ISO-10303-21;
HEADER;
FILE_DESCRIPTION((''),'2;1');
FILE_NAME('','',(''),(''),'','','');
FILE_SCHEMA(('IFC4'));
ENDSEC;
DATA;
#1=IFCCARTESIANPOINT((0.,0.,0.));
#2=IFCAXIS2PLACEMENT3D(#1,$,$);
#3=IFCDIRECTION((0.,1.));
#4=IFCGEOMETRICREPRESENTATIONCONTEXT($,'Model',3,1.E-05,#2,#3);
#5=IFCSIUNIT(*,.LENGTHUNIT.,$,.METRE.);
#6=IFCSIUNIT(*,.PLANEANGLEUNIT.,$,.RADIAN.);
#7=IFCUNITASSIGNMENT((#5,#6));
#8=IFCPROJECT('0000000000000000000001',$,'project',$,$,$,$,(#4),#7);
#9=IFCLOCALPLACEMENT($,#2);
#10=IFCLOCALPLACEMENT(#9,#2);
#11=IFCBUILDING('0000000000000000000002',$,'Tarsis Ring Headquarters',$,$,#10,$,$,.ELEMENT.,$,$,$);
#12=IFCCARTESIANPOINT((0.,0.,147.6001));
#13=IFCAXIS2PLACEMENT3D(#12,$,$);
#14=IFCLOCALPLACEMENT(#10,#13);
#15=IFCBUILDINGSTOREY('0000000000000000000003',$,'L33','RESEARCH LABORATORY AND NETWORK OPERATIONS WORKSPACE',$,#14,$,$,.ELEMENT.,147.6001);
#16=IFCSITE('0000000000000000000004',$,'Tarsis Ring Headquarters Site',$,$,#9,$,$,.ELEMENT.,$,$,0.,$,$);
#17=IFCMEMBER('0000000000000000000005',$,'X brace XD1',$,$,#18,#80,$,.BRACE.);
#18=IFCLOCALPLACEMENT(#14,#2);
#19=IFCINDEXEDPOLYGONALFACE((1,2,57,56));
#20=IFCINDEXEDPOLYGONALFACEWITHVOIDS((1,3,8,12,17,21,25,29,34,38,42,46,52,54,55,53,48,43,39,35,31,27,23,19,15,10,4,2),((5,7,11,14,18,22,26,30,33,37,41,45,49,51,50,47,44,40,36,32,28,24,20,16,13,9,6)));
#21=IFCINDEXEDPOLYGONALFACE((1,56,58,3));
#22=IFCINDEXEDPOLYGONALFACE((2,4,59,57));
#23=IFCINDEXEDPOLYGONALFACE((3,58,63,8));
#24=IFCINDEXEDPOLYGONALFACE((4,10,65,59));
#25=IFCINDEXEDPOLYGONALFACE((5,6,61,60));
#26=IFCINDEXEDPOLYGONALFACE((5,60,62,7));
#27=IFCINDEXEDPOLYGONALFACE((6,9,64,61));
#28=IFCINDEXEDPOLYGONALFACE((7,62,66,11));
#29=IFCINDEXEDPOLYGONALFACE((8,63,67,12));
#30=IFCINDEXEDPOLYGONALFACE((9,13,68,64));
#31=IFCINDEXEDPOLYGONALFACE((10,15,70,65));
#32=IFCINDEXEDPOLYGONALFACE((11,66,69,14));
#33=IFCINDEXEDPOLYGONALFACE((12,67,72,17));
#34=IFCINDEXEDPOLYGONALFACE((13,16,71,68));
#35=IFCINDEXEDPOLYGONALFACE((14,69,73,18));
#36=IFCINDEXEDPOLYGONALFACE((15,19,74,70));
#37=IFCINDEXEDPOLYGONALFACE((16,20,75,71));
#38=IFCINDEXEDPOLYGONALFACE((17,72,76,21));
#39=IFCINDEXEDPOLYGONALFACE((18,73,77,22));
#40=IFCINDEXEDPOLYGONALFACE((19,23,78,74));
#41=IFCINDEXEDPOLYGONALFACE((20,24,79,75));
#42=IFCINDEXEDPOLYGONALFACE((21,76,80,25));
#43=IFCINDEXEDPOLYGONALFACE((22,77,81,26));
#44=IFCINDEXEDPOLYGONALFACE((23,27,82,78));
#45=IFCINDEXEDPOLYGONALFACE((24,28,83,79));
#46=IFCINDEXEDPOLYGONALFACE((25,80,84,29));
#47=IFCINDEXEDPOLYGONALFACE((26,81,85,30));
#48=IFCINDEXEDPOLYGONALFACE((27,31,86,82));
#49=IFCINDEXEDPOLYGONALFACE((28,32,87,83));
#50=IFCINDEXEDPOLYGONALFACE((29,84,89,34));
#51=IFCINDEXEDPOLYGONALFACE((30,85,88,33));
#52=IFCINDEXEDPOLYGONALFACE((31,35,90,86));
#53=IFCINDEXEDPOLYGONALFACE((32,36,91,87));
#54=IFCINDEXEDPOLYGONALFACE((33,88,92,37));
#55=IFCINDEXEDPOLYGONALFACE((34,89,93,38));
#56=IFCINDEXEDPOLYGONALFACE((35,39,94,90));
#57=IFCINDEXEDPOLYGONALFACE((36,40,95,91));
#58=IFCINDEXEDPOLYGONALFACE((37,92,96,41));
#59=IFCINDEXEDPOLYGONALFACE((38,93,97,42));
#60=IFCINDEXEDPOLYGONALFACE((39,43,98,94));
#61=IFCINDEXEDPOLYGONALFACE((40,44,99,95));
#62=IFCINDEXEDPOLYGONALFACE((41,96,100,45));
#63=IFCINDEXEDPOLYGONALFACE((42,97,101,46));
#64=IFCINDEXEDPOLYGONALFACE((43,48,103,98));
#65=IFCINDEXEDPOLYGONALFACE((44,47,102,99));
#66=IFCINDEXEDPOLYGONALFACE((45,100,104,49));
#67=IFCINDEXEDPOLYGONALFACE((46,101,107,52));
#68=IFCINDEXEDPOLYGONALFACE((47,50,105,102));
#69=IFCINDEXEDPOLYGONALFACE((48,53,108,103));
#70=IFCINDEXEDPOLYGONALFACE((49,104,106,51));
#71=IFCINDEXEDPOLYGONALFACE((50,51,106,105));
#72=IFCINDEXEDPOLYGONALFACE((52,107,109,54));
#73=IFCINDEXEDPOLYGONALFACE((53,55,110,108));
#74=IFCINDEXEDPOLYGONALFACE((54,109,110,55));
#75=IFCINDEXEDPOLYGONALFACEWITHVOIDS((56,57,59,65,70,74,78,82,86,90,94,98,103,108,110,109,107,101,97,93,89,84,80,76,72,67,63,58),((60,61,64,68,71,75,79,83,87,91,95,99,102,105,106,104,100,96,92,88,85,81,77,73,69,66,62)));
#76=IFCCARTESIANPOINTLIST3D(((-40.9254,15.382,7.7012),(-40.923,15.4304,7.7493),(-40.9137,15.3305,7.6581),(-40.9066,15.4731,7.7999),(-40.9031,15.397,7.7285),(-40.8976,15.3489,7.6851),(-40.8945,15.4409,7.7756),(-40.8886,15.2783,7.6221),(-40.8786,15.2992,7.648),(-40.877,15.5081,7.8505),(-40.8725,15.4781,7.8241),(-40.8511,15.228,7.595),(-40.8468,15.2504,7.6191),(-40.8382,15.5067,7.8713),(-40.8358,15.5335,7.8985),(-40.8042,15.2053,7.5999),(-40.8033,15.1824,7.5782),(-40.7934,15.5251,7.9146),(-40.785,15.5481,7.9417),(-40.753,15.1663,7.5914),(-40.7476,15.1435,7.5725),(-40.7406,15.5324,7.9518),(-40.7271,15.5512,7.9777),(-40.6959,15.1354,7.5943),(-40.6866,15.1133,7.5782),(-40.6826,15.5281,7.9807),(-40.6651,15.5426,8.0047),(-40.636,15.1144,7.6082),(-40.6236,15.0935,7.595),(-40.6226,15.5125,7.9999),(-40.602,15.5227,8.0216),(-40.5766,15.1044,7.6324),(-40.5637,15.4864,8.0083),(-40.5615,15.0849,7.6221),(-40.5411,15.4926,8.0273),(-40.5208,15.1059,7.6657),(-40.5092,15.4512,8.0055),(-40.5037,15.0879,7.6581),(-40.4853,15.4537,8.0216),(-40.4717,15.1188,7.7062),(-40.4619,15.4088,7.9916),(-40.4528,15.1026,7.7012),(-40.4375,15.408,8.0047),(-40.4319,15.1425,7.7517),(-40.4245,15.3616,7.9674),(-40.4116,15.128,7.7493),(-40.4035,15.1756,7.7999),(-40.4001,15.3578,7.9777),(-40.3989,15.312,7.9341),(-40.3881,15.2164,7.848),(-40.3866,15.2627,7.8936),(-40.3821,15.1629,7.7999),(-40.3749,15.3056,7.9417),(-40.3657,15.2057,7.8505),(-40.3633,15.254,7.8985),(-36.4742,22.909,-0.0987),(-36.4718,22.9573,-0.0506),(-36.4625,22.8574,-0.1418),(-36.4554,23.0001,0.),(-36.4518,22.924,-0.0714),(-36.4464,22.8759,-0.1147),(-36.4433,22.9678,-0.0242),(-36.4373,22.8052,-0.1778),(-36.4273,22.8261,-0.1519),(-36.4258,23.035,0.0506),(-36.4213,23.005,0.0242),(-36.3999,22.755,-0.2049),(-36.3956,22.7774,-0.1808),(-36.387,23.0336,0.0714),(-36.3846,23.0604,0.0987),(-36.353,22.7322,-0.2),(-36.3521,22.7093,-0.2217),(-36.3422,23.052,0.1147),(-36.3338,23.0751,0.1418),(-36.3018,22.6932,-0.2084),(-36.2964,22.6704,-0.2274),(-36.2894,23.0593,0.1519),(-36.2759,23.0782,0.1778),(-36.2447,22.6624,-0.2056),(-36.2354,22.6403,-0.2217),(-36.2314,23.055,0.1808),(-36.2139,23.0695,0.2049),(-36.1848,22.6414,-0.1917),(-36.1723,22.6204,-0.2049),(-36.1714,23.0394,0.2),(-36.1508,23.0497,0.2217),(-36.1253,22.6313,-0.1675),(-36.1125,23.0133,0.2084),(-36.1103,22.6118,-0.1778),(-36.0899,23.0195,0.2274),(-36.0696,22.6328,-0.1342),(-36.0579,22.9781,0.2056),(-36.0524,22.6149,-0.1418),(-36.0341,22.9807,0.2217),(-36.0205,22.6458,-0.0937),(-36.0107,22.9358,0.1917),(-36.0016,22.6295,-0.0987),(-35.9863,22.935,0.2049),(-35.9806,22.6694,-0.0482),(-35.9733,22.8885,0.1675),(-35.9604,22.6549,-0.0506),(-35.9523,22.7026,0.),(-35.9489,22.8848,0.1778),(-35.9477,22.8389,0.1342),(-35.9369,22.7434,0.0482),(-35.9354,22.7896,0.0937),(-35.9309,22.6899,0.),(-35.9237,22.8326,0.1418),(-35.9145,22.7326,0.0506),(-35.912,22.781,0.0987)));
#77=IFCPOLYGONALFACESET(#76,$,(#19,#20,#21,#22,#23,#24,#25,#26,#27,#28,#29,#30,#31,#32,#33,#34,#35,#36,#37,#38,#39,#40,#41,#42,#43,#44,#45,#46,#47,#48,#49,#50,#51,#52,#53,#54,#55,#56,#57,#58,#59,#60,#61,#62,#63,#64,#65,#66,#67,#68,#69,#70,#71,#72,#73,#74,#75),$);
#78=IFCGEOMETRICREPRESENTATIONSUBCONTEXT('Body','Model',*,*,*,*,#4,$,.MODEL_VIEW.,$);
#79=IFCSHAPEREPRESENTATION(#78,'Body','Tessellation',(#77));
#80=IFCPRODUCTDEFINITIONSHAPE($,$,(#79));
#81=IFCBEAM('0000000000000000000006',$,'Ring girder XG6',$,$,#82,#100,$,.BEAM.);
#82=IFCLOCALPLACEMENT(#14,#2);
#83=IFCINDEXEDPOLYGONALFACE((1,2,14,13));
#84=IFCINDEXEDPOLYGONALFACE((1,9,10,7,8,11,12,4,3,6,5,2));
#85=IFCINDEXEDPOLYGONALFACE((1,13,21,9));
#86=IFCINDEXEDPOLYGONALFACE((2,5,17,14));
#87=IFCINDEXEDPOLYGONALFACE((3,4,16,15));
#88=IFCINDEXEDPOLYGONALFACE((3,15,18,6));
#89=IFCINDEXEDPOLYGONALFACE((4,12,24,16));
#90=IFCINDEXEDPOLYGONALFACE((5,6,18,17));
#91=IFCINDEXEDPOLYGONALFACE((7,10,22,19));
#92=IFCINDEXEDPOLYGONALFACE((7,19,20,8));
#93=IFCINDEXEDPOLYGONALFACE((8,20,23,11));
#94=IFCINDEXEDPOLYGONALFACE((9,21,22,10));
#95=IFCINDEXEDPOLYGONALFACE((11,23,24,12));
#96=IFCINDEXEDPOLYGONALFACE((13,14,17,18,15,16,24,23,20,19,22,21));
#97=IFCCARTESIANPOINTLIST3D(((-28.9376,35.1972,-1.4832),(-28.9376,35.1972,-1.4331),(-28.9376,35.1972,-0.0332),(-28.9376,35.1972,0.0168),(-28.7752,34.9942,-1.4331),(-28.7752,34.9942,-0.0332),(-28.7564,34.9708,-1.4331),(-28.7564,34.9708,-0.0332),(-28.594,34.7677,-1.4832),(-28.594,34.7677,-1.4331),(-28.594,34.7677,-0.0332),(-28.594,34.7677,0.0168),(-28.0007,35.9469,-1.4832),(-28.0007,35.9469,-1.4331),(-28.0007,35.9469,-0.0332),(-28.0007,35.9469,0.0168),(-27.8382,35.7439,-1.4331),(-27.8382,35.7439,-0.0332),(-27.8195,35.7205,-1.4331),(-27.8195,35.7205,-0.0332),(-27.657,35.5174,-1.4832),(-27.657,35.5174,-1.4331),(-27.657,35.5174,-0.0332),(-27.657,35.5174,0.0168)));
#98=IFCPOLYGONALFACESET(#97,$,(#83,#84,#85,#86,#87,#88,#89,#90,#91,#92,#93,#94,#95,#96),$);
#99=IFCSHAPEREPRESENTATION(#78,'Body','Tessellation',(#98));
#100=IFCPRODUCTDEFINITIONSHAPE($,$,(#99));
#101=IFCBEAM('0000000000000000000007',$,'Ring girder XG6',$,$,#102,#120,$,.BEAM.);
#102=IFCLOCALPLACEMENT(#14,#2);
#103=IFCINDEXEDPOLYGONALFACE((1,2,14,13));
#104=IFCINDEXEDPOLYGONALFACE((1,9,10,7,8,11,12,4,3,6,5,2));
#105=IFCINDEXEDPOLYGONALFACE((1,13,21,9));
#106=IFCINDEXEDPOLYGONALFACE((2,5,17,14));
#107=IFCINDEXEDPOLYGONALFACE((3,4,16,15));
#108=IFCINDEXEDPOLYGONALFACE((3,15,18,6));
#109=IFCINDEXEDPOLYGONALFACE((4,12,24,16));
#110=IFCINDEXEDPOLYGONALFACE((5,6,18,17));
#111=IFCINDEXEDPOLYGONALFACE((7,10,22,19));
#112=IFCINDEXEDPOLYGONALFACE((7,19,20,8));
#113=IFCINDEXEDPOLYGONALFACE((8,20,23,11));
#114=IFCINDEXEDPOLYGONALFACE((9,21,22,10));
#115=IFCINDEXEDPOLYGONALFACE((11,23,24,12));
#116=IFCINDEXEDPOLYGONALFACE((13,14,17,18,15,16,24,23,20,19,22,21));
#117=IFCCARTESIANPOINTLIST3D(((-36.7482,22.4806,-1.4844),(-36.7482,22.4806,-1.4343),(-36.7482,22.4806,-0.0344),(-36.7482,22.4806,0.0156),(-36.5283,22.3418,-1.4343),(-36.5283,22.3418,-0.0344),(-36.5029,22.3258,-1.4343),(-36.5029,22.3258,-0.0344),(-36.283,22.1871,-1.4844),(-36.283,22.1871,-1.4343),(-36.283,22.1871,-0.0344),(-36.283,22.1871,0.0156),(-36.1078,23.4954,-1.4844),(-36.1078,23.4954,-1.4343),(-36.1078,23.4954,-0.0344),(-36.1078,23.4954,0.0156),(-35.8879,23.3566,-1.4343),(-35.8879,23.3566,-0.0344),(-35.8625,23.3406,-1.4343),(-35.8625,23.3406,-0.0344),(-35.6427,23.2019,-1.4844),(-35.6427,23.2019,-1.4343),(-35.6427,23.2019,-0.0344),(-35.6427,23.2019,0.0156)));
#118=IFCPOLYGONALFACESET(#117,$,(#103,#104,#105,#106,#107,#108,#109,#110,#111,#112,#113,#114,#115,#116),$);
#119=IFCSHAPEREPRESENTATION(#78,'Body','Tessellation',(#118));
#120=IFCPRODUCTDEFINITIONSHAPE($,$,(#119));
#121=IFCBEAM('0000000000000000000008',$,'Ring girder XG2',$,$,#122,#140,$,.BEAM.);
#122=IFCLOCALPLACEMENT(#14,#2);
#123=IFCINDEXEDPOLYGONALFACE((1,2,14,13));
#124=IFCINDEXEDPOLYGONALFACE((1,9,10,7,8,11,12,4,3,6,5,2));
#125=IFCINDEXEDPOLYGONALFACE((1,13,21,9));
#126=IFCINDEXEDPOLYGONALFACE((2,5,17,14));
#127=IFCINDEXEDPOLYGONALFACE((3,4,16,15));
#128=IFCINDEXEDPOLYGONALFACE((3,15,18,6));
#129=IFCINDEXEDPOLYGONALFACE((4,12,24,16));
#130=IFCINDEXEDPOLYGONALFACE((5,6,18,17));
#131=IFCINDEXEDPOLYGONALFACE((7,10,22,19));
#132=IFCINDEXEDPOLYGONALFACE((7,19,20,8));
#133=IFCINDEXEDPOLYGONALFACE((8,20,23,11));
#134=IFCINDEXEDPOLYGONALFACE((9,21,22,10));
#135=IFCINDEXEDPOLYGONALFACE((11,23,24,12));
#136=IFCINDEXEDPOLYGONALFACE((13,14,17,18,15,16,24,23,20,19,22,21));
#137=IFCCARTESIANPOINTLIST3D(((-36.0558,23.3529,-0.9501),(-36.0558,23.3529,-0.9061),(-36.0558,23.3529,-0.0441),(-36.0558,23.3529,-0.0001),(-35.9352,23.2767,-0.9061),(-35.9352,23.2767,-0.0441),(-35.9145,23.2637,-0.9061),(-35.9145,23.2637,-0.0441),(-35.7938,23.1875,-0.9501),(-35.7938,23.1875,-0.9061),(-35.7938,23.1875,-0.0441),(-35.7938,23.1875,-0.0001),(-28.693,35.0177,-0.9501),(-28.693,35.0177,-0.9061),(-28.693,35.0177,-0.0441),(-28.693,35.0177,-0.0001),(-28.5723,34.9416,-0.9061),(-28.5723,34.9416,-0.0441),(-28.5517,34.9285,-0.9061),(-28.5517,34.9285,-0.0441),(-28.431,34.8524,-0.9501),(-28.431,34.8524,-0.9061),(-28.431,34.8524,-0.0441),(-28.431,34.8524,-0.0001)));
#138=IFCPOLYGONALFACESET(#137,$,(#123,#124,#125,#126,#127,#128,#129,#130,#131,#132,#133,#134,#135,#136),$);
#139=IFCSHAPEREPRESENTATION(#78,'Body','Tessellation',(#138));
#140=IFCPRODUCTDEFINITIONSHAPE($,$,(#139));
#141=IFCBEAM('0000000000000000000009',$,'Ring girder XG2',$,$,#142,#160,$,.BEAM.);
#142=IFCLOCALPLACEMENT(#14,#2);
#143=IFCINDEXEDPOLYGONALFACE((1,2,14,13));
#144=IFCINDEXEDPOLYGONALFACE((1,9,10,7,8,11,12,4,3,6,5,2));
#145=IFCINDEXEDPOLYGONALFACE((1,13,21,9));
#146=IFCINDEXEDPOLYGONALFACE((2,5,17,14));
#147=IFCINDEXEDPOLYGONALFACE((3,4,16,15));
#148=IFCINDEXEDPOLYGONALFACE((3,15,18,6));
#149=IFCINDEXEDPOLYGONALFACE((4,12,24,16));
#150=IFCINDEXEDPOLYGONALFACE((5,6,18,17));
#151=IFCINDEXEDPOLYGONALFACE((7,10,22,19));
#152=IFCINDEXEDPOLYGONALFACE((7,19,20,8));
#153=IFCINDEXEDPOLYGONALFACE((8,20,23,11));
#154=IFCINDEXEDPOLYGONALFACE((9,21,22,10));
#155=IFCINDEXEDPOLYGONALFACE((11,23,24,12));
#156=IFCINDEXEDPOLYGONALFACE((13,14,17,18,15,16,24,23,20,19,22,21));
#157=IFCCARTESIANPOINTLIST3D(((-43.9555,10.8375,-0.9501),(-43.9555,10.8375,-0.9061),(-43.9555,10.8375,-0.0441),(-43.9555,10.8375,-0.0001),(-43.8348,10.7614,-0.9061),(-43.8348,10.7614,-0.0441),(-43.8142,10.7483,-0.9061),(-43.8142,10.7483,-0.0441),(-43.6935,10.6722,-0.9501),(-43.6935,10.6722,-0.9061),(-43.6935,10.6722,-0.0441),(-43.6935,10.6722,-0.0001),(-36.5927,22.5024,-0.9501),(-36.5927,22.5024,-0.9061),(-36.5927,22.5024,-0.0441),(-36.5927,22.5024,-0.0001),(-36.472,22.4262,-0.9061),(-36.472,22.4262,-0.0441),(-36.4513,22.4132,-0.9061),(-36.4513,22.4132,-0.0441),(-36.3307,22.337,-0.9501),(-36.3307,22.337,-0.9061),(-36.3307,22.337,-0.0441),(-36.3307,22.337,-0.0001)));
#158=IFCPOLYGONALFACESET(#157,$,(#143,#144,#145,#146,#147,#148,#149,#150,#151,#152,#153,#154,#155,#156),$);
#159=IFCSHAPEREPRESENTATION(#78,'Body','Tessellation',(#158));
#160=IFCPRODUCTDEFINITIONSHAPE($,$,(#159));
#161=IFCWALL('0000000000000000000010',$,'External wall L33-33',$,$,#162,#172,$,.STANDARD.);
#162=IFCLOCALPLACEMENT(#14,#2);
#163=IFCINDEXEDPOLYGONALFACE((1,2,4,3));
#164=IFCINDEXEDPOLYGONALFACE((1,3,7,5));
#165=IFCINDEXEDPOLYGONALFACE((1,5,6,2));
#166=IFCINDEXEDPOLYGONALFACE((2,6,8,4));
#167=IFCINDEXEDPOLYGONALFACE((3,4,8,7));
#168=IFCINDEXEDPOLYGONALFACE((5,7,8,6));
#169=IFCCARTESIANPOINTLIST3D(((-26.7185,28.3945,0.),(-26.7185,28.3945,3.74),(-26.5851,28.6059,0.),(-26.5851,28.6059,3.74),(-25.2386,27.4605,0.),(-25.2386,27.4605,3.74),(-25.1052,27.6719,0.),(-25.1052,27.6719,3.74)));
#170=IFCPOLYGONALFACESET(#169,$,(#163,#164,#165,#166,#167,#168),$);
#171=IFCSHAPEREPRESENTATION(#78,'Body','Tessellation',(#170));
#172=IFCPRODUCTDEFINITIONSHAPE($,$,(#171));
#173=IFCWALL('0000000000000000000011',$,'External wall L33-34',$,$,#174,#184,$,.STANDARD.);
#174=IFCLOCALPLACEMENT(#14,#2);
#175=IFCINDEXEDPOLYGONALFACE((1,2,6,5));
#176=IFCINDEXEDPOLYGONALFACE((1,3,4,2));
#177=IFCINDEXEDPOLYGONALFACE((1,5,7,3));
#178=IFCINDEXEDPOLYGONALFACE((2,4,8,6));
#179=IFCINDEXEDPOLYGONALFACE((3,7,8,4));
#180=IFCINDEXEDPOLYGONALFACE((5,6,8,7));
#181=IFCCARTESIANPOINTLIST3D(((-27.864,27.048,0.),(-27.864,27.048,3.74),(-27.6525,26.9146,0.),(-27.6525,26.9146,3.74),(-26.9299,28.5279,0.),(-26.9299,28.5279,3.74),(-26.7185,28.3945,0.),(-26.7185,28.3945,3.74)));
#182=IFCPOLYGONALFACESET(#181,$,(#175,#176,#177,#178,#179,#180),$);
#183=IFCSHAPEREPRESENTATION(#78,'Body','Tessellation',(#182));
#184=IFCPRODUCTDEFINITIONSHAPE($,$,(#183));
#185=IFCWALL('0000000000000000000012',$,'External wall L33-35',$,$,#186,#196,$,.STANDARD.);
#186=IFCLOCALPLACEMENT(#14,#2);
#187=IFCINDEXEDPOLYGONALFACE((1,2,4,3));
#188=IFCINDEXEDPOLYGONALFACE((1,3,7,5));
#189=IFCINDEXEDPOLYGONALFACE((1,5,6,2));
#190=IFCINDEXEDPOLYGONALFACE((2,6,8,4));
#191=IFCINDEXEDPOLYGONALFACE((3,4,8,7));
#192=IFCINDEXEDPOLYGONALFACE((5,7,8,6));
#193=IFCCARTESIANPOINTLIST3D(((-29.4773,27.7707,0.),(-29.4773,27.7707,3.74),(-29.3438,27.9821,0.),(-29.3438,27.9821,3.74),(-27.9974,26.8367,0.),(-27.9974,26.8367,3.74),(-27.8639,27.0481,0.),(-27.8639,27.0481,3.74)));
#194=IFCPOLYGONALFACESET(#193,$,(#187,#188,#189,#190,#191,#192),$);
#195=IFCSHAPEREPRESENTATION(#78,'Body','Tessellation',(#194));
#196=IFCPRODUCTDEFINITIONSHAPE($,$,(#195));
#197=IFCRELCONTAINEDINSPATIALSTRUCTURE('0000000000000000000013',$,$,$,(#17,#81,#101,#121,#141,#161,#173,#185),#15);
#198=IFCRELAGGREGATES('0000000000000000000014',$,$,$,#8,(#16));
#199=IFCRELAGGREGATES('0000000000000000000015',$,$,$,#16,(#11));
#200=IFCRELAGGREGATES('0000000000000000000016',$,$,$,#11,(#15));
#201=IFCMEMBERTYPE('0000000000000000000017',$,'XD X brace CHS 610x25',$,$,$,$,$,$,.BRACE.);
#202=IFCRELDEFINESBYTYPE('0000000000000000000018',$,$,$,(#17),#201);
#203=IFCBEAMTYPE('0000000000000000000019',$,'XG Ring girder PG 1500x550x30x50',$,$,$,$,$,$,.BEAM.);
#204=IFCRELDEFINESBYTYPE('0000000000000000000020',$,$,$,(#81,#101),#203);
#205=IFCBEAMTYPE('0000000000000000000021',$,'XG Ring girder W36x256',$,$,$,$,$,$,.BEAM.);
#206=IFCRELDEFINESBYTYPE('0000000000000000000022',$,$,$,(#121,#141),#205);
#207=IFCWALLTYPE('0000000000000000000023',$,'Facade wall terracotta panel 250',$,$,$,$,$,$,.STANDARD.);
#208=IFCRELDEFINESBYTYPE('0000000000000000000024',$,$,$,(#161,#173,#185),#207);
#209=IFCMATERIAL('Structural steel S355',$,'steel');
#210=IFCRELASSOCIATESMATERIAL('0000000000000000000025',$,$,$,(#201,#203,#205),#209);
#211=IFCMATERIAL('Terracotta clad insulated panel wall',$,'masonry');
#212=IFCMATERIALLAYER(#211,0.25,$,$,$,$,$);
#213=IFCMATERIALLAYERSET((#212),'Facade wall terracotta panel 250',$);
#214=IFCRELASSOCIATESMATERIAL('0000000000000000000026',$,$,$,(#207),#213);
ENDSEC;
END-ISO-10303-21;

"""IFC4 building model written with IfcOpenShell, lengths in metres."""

from ifc_helpers import new_model, si_unit, direction, frame, frame_2d, origin, origin_2d, place, context, subcontext, project, spatial, rectangle, hollow_circle, i_section, extrude, material, layer, layer_set, material_profile, profile_set, type_object, element, save


model = new_model("IFC4")

# Units and contexts
model_context = context("Model", 3, precision=1e-05, world=origin(), true_north=direction((0.0, 1.0)))
body_context = subcontext(model_context, "Body", "Model", "MODEL_VIEW")
ifc_project = project(units=[si_unit("LENGTHUNIT", "METRE"), si_unit("PLANEANGLEUNIT", "RADIAN")], contexts=[model_context])

# Site, building, storey
site_placement = place(None, origin())
site = spatial("IfcSite", under=ifc_project, at=site_placement, Name="Tarsis Ring Headquarters Site", CompositionType="ELEMENT", RefElevation=0.0)
building_placement = place(site_placement, origin())
building = spatial("IfcBuilding", under=site, at=building_placement, Name="Tarsis Ring Headquarters", CompositionType="ELEMENT")
storey_placement = place(building_placement, frame((0.0, 0.0, 147.6001)))
storey = spatial("IfcBuildingStorey", under=building, at=storey_placement, Name="L33", Description="RESEARCH LABORATORY AND NETWORK OPERATIONS WORKSPACE", CompositionType="ELEMENT", Elevation=147.6001)

# Shared definitions
ifc_material_1 = material(Name="Structural steel S355", Category="steel")

# Shared definitions
ifc_material_profile_1 = material_profile(ifc_material_1, i_section(OverallWidth=0.3098, OverallDepth=0.95, WebThickness=0.0244, FlangeThickness=0.0439, at=origin_2d()), Name="W36x256")
ifc_profile_set_1 = profile_set([ifc_material_profile_1], Name="Structural steel S355")

# Member
ifc_material_profile_2 = material_profile(ifc_material_1, hollow_circle(Radius=0.3047, WallThickness=0.0249, at=origin_2d()), Name="CHS 610x25")
ifc_profile_set_2 = profile_set([ifc_material_profile_2], Name="Structural steel S355")
member_type = type_object("IfcMemberType", Name="XD X brace CHS 610x25", PredefinedType="BRACE", material=ifc_profile_set_2)
member_placement = place(storey_placement, frame((-36.1931, 22.845, 0.0), z_axis=(-0.379869, -0.642352, 0.665646), x_axis=(0.860752, -0.509025, 0.0)))
element("IfcMember", 1, at=member_placement, inside=storey, type_object=member_type, Name="X brace XD1", PredefinedType="BRACE", context=body_context, shape_type="SweptSolid", body=[
    extrude(hollow_circle(Radius=0.3047, WallThickness=0.0249, at=origin_2d()), origin(), (0.0, 0.0, 1.0), 11.7178),
])

# Beams
ifc_material_profile_3 = material_profile(ifc_material_1, i_section(OverallWidth=0.55, OverallDepth=1.5, WebThickness=0.03, FlangeThickness=0.05, at=origin_2d()), Name="PG 1500x550x30x50")
ifc_profile_set_3 = profile_set([ifc_material_profile_3], Name="Structural steel S355")
beam_type_1 = type_object("IfcBeamType", Name="XG Ring girder PG 1500x550x30x50", PredefinedType="BEAM", material=ifc_profile_set_3)
for number, where, z_axis, x_axis, name in (
    (2, (-27.8289, 35.7322, -0.7332), (-0.780809, -0.624769, 0.0), (0.624769, -0.780809, 0.0), "Ring girder XG6"),
    (3, (-35.8752, 23.3486, -0.7344), (-0.533633, -0.845716, 0.0), (0.845716, -0.533633, 0.0), "Ring girder XG6"),
):
    element("IfcBeam", number, at=place(storey_placement, frame(where, z_axis=z_axis, x_axis=x_axis)), inside=storey, type_object=beam_type_1, Name=name, PredefinedType="BEAM", context=body_context, shape_type="SweptSolid", body=[
        extrude(i_section(OverallWidth=0.55, OverallDepth=1.5, WebThickness=0.03, FlangeThickness=0.05, at=origin_2d()), origin(), (0.0, 0.0, 1.0), 1.2),
    ])
beam_type_2 = type_object("IfcBeamType", Name="XG Ring girder W36x256", PredefinedType="BEAM", material=ifc_profile_set_1)
for number, where, z_axis, x_axis, name in (
    (4, (-28.562, 34.9351, -0.4751), (-0.533763, -0.845634, 0.0), (0.845634, -0.533763, 0.0), "Ring girder XG2"),
    (5, (-36.4617, 22.4197, -0.4751), (-0.533763, -0.845634, 0.0), (0.845634, -0.533763, 0.0), "Ring girder XG2"),
):
    element("IfcBeam", number, at=place(storey_placement, frame(where, z_axis=z_axis, x_axis=x_axis)), inside=storey, type_object=beam_type_2, Name=name, PredefinedType="BEAM", context=body_context, shape_type="SweptSolid", body=[
        extrude(i_section(OverallWidth=0.3098, OverallDepth=0.95, WebThickness=0.0244, FlangeThickness=0.0439, at=origin_2d()), origin(), (0.0, 0.0, 1.0), 13.7942),
    ])

# Walls
ifc_material_2 = material(Name="Terracotta clad insulated panel wall", Category="masonry")
ifc_layer = layer(ifc_material_2, 0.25)
ifc_layer_set = layer_set([ifc_layer], Name="Facade wall terracotta panel 250")
wall_type = type_object("IfcWallType", Name="Facade wall terracotta panel 250", PredefinedType="STANDARD", material=ifc_layer_set)
for number, where, z_axis, x_axis, name in (
    (6, (-25.1719, 27.5662, 0.0), (0.0, 0.0, 1.0), (-0.845655, 0.533731, 0.0), "External wall L33-33"),
    (7, (-26.8242, 28.4612, 0.0), (0.0, 0.0, 1.0), (-0.533731, -0.845655, 0.0), "External wall L33-34"),
    (8, (-27.9307, 26.9424, 0.0), (0.0, 0.0, 1.0), (-0.845655, 0.533731, 0.0), "External wall L33-35"),
):
    element("IfcWall", number, at=place(storey_placement, frame(where, z_axis=z_axis, x_axis=x_axis)), inside=storey, type_object=wall_type, Name=name, PredefinedType="STANDARD", context=body_context, shape_type="SweptSolid", body=[
        extrude(rectangle(XDim=1.75, YDim=0.25, at=frame_2d((0.875, 0.0))), origin(), (0.0, 0.0, 1.0), 3.74),
    ])

save(model, "model.ifc")
